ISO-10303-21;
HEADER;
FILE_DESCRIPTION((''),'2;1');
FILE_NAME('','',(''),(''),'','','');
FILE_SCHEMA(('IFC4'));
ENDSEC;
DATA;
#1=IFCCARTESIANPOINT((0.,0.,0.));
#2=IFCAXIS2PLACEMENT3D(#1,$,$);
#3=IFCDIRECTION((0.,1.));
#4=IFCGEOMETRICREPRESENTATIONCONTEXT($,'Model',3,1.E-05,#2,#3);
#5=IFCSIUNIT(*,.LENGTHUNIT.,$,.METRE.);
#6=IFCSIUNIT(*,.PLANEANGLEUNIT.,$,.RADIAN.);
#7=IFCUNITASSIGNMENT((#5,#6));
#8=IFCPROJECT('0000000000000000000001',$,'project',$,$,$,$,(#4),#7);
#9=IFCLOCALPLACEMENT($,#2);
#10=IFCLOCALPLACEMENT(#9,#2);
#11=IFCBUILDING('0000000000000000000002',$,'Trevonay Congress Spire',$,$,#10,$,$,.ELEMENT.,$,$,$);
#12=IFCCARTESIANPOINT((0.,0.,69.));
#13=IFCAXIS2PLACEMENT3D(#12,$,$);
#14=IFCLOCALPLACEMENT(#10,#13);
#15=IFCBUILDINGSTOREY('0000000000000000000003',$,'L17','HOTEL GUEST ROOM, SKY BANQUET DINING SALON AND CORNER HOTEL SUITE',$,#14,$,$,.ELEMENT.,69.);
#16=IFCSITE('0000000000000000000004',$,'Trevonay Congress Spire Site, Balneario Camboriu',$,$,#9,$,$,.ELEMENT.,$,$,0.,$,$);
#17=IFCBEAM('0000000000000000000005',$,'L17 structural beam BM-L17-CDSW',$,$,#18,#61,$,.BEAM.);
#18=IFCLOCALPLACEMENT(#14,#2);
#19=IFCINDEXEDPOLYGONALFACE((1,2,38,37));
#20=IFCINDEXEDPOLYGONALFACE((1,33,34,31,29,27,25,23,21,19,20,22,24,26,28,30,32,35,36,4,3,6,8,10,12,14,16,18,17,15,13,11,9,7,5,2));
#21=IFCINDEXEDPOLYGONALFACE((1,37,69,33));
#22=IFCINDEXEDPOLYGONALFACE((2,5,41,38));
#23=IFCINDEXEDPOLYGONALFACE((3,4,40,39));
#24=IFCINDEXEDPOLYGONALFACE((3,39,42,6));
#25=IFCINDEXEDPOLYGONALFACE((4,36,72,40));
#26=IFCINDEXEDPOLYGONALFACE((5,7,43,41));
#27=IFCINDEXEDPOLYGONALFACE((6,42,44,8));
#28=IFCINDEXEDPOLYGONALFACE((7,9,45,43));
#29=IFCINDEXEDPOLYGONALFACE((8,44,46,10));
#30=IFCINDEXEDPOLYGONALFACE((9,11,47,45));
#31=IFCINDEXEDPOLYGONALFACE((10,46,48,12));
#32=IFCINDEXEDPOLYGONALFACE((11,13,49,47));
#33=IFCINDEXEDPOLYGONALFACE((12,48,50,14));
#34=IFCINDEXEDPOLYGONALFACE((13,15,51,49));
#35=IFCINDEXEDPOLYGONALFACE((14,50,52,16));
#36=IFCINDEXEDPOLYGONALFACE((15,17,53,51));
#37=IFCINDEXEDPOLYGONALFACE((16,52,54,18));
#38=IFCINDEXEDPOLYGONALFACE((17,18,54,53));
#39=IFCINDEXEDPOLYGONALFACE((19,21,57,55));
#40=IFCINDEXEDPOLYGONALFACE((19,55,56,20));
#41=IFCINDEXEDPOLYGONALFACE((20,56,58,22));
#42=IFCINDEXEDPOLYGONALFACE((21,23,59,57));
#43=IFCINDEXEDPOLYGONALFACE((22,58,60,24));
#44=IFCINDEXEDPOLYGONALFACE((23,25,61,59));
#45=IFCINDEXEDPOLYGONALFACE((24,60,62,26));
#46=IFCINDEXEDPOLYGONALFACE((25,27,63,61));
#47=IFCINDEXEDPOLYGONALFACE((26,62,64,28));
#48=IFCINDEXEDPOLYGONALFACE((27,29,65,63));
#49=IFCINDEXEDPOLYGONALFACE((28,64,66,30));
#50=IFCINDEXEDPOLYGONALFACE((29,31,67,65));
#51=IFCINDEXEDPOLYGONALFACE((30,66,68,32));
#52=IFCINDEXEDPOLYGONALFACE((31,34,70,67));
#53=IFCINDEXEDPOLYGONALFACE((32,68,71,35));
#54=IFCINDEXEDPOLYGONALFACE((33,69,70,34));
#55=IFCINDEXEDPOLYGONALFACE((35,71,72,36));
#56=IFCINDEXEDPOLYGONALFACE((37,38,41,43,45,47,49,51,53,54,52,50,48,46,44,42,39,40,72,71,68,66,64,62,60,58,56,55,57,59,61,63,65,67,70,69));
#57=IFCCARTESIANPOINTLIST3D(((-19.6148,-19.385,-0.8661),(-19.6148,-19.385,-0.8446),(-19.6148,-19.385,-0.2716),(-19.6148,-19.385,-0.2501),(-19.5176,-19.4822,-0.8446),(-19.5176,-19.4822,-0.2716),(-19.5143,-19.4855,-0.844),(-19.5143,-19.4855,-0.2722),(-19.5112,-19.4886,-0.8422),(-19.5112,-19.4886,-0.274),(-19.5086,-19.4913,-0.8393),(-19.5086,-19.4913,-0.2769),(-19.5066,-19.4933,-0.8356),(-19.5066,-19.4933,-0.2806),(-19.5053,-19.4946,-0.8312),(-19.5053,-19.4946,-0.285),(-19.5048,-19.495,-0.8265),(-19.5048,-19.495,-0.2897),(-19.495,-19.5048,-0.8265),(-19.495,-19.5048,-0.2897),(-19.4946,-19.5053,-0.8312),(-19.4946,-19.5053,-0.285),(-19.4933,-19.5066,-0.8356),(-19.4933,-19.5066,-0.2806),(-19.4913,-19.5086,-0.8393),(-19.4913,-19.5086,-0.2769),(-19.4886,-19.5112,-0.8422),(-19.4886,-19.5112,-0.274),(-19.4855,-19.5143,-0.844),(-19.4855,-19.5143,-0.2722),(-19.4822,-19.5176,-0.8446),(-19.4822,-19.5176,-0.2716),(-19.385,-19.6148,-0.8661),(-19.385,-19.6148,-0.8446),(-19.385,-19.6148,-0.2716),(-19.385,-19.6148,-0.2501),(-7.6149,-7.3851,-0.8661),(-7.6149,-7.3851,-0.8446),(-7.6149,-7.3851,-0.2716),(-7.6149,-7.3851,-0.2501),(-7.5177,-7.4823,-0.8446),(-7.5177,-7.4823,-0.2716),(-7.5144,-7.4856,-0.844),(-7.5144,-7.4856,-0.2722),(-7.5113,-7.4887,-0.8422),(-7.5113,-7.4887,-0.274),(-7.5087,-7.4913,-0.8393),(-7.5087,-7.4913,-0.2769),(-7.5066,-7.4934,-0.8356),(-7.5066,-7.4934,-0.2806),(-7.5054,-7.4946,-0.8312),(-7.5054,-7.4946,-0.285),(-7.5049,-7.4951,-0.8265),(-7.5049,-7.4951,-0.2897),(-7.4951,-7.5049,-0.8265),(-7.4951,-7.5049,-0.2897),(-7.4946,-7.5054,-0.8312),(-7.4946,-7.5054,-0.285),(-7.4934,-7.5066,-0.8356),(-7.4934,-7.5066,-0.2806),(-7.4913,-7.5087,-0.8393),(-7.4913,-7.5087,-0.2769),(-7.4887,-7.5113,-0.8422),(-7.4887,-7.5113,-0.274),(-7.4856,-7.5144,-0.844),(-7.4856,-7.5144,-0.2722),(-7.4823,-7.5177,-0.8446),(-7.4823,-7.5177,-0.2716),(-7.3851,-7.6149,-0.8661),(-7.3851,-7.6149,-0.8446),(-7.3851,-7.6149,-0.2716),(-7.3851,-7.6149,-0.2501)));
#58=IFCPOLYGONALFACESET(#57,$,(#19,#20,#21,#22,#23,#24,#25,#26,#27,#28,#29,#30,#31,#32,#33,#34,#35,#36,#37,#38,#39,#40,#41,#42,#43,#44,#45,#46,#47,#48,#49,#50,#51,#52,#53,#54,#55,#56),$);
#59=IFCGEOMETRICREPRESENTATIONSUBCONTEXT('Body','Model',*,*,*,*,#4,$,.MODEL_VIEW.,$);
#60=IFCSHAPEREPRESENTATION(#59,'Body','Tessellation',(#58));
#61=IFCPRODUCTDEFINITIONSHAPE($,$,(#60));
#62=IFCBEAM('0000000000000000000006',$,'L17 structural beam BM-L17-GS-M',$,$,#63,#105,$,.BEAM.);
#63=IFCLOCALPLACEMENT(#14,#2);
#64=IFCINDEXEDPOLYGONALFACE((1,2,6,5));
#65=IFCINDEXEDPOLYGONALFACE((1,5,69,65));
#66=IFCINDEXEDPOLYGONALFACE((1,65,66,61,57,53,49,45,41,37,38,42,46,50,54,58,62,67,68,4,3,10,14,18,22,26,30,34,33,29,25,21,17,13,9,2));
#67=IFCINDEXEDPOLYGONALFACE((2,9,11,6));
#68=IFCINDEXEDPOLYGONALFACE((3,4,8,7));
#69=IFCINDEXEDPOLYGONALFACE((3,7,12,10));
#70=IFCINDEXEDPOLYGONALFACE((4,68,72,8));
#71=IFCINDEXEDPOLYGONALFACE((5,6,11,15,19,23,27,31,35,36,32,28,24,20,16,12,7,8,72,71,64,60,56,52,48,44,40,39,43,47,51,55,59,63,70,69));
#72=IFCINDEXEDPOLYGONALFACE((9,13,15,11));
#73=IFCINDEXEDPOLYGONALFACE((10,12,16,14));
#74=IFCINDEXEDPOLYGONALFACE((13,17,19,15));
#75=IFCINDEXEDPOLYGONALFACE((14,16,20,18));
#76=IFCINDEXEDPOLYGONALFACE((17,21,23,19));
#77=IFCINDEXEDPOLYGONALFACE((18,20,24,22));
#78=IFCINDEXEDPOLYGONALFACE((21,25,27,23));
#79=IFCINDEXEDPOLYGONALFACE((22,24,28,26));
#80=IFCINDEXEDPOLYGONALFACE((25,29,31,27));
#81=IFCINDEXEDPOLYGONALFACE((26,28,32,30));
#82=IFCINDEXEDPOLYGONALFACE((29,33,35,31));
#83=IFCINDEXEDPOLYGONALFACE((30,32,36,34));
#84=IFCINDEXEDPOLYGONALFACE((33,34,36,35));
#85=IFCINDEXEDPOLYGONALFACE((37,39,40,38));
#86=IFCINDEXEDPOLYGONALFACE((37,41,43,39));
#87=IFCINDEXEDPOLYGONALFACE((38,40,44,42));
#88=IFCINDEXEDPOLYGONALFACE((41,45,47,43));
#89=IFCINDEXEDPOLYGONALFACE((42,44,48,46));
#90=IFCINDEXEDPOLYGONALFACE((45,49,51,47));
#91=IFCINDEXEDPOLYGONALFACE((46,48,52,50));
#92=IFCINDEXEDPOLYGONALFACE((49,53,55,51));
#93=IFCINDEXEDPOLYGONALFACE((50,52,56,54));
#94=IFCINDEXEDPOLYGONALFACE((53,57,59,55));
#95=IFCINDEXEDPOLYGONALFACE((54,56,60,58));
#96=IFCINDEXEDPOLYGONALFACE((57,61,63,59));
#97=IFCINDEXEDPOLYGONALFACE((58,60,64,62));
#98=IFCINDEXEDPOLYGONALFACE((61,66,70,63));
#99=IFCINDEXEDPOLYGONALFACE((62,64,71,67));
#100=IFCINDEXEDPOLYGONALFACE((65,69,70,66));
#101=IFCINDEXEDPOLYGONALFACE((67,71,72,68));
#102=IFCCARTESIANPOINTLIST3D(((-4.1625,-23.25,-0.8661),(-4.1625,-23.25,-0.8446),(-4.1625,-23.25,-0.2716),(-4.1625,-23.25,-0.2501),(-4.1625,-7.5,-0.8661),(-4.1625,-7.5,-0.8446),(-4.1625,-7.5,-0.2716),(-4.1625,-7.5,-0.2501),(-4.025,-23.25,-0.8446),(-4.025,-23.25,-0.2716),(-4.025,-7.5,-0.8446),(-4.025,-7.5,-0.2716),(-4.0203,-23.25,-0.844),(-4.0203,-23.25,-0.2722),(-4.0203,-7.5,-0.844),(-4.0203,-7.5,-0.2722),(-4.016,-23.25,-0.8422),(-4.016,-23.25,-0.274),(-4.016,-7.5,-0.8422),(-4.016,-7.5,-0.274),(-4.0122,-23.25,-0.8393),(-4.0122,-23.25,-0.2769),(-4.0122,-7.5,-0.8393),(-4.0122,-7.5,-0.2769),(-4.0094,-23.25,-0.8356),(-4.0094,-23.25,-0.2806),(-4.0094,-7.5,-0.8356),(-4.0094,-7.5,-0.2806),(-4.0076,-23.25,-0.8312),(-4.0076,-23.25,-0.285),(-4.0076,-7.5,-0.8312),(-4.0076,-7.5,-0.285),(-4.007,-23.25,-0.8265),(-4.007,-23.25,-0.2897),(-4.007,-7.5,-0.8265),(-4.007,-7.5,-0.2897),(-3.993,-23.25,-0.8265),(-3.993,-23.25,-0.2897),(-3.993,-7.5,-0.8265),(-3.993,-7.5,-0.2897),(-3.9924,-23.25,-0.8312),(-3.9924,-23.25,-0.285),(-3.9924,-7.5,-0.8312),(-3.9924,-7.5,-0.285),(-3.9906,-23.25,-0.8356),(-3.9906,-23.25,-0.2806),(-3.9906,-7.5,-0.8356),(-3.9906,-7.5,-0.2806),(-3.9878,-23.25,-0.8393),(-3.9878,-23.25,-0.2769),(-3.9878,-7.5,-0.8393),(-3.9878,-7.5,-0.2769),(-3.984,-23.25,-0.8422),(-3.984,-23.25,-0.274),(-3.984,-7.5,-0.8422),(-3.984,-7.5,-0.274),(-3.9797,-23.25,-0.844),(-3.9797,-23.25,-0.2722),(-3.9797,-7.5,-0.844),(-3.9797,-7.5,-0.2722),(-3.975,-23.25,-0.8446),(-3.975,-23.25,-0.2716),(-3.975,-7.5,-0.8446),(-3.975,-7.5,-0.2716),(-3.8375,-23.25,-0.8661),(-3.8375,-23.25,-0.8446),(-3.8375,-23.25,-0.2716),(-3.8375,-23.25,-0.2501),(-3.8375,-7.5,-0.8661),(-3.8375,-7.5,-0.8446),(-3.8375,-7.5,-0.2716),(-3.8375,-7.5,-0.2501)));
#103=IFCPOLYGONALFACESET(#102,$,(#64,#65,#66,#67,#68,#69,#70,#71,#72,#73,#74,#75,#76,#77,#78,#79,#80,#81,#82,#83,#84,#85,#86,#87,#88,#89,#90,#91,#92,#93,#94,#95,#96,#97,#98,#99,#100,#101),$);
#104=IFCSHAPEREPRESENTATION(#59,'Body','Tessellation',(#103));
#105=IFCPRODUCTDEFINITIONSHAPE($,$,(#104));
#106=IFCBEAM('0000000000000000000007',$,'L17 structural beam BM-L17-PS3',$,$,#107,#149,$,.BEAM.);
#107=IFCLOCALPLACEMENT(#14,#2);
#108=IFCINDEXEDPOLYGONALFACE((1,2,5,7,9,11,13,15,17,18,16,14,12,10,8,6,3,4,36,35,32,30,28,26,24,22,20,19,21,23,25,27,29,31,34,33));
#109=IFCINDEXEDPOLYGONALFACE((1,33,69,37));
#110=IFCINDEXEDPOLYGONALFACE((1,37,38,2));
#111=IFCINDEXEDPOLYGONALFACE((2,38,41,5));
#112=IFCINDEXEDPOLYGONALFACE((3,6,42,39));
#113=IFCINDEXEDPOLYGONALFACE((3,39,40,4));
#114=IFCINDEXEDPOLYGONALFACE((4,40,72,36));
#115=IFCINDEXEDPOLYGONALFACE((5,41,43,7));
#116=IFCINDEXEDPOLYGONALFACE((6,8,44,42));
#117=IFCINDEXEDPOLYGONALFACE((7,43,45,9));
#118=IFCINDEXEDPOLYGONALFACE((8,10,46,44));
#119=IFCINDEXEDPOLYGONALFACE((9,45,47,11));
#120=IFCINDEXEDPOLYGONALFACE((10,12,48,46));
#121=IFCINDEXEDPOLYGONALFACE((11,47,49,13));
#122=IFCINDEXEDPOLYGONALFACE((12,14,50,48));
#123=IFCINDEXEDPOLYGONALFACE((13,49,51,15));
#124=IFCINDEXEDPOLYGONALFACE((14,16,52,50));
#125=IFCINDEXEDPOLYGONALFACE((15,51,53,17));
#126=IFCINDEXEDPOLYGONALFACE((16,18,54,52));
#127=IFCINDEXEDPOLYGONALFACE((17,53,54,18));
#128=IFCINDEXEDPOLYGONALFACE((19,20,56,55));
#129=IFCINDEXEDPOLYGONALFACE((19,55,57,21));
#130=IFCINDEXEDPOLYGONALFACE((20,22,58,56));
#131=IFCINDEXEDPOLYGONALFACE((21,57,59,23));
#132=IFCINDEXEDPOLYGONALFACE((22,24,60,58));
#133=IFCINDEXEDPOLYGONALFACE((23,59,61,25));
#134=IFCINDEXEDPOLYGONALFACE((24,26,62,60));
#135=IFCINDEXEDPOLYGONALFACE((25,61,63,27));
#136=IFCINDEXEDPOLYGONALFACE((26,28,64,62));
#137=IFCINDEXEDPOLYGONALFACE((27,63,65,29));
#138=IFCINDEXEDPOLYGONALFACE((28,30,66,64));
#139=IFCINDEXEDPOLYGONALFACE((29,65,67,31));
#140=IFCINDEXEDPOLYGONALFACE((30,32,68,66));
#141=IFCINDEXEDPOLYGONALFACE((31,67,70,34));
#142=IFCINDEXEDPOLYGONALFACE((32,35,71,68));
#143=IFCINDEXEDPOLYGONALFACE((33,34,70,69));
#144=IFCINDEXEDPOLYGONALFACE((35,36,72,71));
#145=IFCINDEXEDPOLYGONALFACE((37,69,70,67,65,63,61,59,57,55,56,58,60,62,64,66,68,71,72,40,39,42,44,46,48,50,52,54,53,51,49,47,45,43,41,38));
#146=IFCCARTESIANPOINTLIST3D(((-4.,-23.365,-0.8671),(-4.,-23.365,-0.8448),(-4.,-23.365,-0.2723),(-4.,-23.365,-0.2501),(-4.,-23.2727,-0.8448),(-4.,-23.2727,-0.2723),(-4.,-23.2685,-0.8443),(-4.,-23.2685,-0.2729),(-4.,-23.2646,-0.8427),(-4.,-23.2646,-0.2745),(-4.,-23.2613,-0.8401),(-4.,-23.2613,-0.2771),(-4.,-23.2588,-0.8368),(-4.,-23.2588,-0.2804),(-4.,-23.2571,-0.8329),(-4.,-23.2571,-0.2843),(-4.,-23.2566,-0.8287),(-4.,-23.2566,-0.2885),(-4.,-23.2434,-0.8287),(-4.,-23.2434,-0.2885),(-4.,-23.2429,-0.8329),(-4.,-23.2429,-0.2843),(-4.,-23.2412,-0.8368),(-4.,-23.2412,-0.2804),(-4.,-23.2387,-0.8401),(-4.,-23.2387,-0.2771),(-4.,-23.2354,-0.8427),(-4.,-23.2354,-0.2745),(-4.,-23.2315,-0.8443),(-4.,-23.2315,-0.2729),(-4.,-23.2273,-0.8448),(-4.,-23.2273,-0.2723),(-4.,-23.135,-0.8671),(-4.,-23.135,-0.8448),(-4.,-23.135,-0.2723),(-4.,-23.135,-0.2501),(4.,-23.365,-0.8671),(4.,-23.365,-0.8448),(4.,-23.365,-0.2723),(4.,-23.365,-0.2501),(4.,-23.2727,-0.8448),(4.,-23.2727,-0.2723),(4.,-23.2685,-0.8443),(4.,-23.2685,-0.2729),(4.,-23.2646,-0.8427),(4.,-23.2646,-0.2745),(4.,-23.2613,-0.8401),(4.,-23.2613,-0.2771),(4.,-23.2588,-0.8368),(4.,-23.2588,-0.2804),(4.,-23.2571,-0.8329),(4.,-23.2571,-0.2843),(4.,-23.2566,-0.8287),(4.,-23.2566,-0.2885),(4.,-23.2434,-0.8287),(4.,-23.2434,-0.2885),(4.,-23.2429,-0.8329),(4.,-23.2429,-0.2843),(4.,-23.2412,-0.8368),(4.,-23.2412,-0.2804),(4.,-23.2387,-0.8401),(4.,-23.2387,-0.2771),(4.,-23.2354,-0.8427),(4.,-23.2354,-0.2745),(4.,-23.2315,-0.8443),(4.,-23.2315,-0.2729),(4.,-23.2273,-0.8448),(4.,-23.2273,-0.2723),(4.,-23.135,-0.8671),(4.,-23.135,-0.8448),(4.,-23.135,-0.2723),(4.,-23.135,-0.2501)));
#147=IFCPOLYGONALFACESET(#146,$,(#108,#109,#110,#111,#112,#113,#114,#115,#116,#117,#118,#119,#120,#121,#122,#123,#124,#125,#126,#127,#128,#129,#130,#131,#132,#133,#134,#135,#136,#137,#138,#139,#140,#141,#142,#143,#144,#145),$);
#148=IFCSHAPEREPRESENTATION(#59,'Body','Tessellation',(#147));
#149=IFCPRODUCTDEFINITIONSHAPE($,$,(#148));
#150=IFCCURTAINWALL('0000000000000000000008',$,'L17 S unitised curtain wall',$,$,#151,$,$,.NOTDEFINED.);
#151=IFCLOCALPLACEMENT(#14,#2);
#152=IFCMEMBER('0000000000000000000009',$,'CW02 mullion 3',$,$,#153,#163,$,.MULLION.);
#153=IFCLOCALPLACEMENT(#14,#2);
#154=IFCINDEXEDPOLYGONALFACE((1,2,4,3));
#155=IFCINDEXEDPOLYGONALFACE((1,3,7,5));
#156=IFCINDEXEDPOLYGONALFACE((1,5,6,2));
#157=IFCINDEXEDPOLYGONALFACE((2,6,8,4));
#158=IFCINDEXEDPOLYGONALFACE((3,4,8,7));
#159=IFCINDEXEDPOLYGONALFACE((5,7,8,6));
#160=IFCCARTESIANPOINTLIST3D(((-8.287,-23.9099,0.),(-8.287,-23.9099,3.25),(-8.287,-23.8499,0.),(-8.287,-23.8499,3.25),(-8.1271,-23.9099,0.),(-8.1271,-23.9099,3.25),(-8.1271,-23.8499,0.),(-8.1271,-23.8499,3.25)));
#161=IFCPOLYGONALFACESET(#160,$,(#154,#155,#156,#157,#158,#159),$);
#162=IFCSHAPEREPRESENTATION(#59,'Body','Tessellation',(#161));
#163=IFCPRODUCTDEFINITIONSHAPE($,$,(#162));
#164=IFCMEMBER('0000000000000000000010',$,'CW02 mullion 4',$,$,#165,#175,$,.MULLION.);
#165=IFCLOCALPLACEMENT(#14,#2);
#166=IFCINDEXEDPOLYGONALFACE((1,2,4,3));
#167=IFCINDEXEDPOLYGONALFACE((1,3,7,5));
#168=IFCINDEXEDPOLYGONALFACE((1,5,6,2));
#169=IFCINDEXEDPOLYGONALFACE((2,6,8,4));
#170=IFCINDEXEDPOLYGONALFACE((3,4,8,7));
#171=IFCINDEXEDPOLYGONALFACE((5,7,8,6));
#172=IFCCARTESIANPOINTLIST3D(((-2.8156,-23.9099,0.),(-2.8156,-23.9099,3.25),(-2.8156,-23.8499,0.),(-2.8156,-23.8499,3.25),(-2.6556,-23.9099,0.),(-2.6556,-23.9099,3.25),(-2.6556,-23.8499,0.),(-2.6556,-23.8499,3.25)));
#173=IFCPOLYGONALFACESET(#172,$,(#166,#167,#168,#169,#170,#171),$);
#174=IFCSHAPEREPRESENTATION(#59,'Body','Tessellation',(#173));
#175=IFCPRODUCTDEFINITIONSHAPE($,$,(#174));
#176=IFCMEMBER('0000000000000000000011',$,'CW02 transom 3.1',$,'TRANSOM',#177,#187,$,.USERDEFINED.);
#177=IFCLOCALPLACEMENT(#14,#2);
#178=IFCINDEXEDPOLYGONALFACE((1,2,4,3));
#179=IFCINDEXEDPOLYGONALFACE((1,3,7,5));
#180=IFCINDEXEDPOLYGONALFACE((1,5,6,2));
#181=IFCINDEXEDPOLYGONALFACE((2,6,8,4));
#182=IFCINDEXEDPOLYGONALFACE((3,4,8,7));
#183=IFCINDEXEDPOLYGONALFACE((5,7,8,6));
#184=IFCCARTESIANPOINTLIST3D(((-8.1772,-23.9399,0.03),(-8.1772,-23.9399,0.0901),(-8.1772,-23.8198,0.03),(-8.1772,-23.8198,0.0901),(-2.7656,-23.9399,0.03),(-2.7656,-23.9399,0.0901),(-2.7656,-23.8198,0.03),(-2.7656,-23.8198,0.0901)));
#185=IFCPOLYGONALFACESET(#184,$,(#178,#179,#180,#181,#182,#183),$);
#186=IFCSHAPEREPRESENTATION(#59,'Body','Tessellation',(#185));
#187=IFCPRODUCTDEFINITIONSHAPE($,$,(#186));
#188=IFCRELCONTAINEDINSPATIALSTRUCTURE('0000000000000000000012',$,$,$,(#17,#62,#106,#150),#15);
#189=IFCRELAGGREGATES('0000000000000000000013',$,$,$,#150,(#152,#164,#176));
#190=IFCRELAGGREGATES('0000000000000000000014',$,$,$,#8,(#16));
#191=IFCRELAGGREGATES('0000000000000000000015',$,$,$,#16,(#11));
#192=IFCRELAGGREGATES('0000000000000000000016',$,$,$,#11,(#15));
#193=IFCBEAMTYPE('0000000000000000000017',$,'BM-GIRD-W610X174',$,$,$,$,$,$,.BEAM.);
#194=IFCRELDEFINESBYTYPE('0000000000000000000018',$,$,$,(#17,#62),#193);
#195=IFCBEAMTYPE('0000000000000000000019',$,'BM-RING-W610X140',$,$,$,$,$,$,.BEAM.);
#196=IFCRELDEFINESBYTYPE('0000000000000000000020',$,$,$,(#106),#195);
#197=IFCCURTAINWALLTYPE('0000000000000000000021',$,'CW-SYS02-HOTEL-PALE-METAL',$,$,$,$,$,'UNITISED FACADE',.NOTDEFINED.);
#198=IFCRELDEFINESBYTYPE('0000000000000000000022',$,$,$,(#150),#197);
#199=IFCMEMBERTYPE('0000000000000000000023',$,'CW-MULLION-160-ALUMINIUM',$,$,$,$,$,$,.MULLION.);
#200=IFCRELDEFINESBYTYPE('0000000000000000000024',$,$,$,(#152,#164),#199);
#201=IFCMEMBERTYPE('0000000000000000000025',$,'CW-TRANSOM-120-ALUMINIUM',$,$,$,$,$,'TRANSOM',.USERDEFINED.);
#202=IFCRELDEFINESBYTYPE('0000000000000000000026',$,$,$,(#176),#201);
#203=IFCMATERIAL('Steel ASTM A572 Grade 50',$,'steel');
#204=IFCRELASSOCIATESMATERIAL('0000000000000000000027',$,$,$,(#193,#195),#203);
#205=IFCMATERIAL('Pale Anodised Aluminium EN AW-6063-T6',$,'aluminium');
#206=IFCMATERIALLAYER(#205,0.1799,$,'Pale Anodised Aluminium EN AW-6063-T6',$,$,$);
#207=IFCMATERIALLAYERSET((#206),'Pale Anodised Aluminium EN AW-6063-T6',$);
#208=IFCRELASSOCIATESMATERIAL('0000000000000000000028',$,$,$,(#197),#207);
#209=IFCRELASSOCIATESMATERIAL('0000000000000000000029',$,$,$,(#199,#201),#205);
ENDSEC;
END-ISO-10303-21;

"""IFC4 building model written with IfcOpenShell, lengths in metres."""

from ifc_helpers import new_model, si_unit, direction, frame, origin, origin_2d, place, context, subcontext, project, spatial, rectangle, i_section, extrude, material, layer, layer_set, material_profile, profile_set, type_object, element, aggregate, save


model = new_model("IFC4")

# Units and contexts
model_context = context("Model", 3, precision=1e-05, world=origin(), true_north=direction((0.0, 1.0)))
body_context = subcontext(model_context, "Body", "Model", "MODEL_VIEW")
ifc_project = project(units=[si_unit("LENGTHUNIT", "METRE"), si_unit("PLANEANGLEUNIT", "RADIAN")], contexts=[model_context])

# Site, building, storey
site_placement = place(None, origin())
site = spatial("IfcSite", under=ifc_project, at=site_placement, Name="Trevonay Congress Spire Site, Balneario Camboriu", CompositionType="ELEMENT", RefElevation=0.0)
building_placement = place(site_placement, origin())
building = spatial("IfcBuilding", under=site, at=building_placement, Name="Trevonay Congress Spire", CompositionType="ELEMENT")
storey_placement = place(building_placement, frame((0.0, 0.0, 69.0)))
storey = spatial("IfcBuildingStorey", under=building, at=storey_placement, Name="L17", Description="HOTEL GUEST ROOM, SKY BANQUET DINING SALON AND CORNER HOTEL SUITE", CompositionType="ELEMENT", Elevation=69.0)

# Shared definitions
ifc_material_1 = material(Name="Steel ASTM A572 Grade 50", Category="steel")

# Beams
ifc_material_profile_1 = material_profile(ifc_material_1, i_section(OverallWidth=0.325, OverallDepth=0.616, WebThickness=0.0139, FlangeThickness=0.0215, FilletRadius=0.0181, at=origin_2d()), Name="W610x174")
ifc_profile_set_1 = profile_set([ifc_material_profile_1], Name="Steel ASTM A572 Grade 50")
beam_type_1 = type_object("IfcBeamType", Name="BM-GIRD-W610X174", PredefinedType="BEAM", material=ifc_profile_set_1)
beam_1_placement = place(storey_placement, frame((-7.5, -7.5, -0.5581), z_axis=(-0.707107, -0.707107, 0.0), x_axis=(0.707107, -0.707107, 0.0)))
element("IfcBeam", 1, at=beam_1_placement, inside=storey, type_object=beam_type_1, Name="L17 structural beam BM-L17-CDSW", PredefinedType="BEAM", context=body_context, shape_type="SweptSolid", body=[
    extrude(i_section(OverallWidth=0.325, OverallDepth=0.616, WebThickness=0.0139, FlangeThickness=0.0215, FilletRadius=0.0181, at=origin_2d()), origin(), (0.0, 0.0, 1.0), 16.9705),
])
beam_2_placement = place(storey_placement, frame((-4.0, -7.5, -0.5581), z_axis=(0.0, -1.0, 0.0), x_axis=(1.0, 0.0, 0.0)))
element("IfcBeam", 2, at=beam_2_placement, inside=storey, type_object=beam_type_1, Name="L17 structural beam BM-L17-GS-M", PredefinedType="BEAM", context=body_context, shape_type="SweptSolid", body=[
    extrude(i_section(OverallWidth=0.325, OverallDepth=0.616, WebThickness=0.0139, FlangeThickness=0.0215, FilletRadius=0.0181, at=origin_2d()), origin(), (0.0, 0.0, 1.0), 15.75),
])
ifc_material_profile_2 = material_profile(ifc_material_1, i_section(OverallWidth=0.23, OverallDepth=0.6169, WebThickness=0.0132, FlangeThickness=0.0222, FilletRadius=0.0161, at=origin_2d()), Name="W610x140")
ifc_profile_set_2 = profile_set([ifc_material_profile_2], Name="Steel ASTM A572 Grade 50")
beam_type_2 = type_object("IfcBeamType", Name="BM-RING-W610X140", PredefinedType="BEAM", material=ifc_profile_set_2)
beam_3_placement = place(storey_placement, frame((-4.0, -23.25, -0.5586), z_axis=(1.0, 0.0, 0.0), x_axis=(0.0, 1.0, 0.0)))
element("IfcBeam", 3, at=beam_3_placement, inside=storey, type_object=beam_type_2, Name="L17 structural beam BM-L17-PS3", PredefinedType="BEAM", context=body_context, shape_type="SweptSolid", body=[
    extrude(i_section(OverallWidth=0.23, OverallDepth=0.6169, WebThickness=0.0132, FlangeThickness=0.0222, FilletRadius=0.0161, at=origin_2d()), origin(), (0.0, 0.0, 1.0), 8.0),
])

# Curtain wall, members
ifc_material_2 = material(Name="Pale Anodised Aluminium EN AW-6063-T6", Category="aluminium")
ifc_layer_1 = layer(ifc_material_2, 0.1799, Name="Pale Anodised Aluminium EN AW-6063-T6")
ifc_layer_set_1 = layer_set([ifc_layer_1], Name="Pale Anodised Aluminium EN AW-6063-T6")
curtain_wall_type = type_object("IfcCurtainWallType", Name="CW-SYS02-HOTEL-PALE-METAL", ElementType="UNITISED FACADE", PredefinedType="NOTDEFINED", material=ifc_layer_set_1)
curtain_wall_placement = place(storey_placement, origin())
curtain_wall = element("IfcCurtainWall", 4, at=curtain_wall_placement, inside=storey, type_object=curtain_wall_type, Name="L17 S unitised curtain wall", PredefinedType="NOTDEFINED")
ifc_material_profile_3 = material_profile(ifc_material_2, rectangle(XDim=0.0601, YDim=0.1599, at=origin_2d()), Name="CW-MULLION-160-ALUMINIUM")
ifc_profile_set_3 = profile_set([ifc_material_profile_3], Name="Pale Anodised Aluminium EN AW-6063-T6")
member_type_1 = type_object("IfcMemberType", Name="CW-MULLION-160-ALUMINIUM", PredefinedType="MULLION", material=ifc_profile_set_3)
member_1_placement = place(storey_placement, frame((-8.207, -23.8799, 0.0), z_axis=(0.0, 0.0, 1.0), x_axis=(0.0, 1.0, 0.0)))
member_1 = element("IfcMember", 5, at=member_1_placement, type_object=member_type_1, Name="CW02 mullion 3", PredefinedType="MULLION", context=body_context, shape_type="SweptSolid", body=[
    extrude(rectangle(XDim=0.0601, YDim=0.1599, at=origin_2d()), origin(), (0.0, 0.0, 1.0), 3.25),
])
member_2_placement = place(storey_placement, frame((-2.7356, -23.8799, 0.0), z_axis=(0.0, 0.0, 1.0), x_axis=(0.0, 1.0, 0.0)))
member_2 = element("IfcMember", 6, at=member_2_placement, type_object=member_type_1, Name="CW02 mullion 4", PredefinedType="MULLION", context=body_context, shape_type="SweptSolid", body=[
    extrude(rectangle(XDim=0.0601, YDim=0.1599, at=origin_2d()), origin(), (0.0, 0.0, 1.0), 3.25),
])
ifc_material_profile_4 = material_profile(ifc_material_2, rectangle(XDim=0.1201, YDim=0.0601, at=origin_2d()), Name="CW-TRANSOM-120-ALUMINIUM")
ifc_profile_set_4 = profile_set([ifc_material_profile_4], Name="Pale Anodised Aluminium EN AW-6063-T6")
member_type_2 = type_object("IfcMemberType", Name="CW-TRANSOM-120-ALUMINIUM", ElementType="TRANSOM", PredefinedType="USERDEFINED", material=ifc_profile_set_4)
member_3_placement = place(storey_placement, frame((-8.1772, -23.8799, 0.0601), z_axis=(1.0, 0.0, 0.0), x_axis=(0.0, 1.0, 0.0)))
member_3 = element("IfcMember", 7, at=member_3_placement, type_object=member_type_2, Name="CW02 transom 3.1", ObjectType="TRANSOM", PredefinedType="USERDEFINED", context=body_context, shape_type="SweptSolid", body=[
    extrude(rectangle(XDim=0.1201, YDim=0.0601, at=origin_2d()), origin(), (0.0, 0.0, 1.0), 5.4116),
])

aggregate(curtain_wall, [member_1, member_2, member_3])

save(model, "model.ifc")
